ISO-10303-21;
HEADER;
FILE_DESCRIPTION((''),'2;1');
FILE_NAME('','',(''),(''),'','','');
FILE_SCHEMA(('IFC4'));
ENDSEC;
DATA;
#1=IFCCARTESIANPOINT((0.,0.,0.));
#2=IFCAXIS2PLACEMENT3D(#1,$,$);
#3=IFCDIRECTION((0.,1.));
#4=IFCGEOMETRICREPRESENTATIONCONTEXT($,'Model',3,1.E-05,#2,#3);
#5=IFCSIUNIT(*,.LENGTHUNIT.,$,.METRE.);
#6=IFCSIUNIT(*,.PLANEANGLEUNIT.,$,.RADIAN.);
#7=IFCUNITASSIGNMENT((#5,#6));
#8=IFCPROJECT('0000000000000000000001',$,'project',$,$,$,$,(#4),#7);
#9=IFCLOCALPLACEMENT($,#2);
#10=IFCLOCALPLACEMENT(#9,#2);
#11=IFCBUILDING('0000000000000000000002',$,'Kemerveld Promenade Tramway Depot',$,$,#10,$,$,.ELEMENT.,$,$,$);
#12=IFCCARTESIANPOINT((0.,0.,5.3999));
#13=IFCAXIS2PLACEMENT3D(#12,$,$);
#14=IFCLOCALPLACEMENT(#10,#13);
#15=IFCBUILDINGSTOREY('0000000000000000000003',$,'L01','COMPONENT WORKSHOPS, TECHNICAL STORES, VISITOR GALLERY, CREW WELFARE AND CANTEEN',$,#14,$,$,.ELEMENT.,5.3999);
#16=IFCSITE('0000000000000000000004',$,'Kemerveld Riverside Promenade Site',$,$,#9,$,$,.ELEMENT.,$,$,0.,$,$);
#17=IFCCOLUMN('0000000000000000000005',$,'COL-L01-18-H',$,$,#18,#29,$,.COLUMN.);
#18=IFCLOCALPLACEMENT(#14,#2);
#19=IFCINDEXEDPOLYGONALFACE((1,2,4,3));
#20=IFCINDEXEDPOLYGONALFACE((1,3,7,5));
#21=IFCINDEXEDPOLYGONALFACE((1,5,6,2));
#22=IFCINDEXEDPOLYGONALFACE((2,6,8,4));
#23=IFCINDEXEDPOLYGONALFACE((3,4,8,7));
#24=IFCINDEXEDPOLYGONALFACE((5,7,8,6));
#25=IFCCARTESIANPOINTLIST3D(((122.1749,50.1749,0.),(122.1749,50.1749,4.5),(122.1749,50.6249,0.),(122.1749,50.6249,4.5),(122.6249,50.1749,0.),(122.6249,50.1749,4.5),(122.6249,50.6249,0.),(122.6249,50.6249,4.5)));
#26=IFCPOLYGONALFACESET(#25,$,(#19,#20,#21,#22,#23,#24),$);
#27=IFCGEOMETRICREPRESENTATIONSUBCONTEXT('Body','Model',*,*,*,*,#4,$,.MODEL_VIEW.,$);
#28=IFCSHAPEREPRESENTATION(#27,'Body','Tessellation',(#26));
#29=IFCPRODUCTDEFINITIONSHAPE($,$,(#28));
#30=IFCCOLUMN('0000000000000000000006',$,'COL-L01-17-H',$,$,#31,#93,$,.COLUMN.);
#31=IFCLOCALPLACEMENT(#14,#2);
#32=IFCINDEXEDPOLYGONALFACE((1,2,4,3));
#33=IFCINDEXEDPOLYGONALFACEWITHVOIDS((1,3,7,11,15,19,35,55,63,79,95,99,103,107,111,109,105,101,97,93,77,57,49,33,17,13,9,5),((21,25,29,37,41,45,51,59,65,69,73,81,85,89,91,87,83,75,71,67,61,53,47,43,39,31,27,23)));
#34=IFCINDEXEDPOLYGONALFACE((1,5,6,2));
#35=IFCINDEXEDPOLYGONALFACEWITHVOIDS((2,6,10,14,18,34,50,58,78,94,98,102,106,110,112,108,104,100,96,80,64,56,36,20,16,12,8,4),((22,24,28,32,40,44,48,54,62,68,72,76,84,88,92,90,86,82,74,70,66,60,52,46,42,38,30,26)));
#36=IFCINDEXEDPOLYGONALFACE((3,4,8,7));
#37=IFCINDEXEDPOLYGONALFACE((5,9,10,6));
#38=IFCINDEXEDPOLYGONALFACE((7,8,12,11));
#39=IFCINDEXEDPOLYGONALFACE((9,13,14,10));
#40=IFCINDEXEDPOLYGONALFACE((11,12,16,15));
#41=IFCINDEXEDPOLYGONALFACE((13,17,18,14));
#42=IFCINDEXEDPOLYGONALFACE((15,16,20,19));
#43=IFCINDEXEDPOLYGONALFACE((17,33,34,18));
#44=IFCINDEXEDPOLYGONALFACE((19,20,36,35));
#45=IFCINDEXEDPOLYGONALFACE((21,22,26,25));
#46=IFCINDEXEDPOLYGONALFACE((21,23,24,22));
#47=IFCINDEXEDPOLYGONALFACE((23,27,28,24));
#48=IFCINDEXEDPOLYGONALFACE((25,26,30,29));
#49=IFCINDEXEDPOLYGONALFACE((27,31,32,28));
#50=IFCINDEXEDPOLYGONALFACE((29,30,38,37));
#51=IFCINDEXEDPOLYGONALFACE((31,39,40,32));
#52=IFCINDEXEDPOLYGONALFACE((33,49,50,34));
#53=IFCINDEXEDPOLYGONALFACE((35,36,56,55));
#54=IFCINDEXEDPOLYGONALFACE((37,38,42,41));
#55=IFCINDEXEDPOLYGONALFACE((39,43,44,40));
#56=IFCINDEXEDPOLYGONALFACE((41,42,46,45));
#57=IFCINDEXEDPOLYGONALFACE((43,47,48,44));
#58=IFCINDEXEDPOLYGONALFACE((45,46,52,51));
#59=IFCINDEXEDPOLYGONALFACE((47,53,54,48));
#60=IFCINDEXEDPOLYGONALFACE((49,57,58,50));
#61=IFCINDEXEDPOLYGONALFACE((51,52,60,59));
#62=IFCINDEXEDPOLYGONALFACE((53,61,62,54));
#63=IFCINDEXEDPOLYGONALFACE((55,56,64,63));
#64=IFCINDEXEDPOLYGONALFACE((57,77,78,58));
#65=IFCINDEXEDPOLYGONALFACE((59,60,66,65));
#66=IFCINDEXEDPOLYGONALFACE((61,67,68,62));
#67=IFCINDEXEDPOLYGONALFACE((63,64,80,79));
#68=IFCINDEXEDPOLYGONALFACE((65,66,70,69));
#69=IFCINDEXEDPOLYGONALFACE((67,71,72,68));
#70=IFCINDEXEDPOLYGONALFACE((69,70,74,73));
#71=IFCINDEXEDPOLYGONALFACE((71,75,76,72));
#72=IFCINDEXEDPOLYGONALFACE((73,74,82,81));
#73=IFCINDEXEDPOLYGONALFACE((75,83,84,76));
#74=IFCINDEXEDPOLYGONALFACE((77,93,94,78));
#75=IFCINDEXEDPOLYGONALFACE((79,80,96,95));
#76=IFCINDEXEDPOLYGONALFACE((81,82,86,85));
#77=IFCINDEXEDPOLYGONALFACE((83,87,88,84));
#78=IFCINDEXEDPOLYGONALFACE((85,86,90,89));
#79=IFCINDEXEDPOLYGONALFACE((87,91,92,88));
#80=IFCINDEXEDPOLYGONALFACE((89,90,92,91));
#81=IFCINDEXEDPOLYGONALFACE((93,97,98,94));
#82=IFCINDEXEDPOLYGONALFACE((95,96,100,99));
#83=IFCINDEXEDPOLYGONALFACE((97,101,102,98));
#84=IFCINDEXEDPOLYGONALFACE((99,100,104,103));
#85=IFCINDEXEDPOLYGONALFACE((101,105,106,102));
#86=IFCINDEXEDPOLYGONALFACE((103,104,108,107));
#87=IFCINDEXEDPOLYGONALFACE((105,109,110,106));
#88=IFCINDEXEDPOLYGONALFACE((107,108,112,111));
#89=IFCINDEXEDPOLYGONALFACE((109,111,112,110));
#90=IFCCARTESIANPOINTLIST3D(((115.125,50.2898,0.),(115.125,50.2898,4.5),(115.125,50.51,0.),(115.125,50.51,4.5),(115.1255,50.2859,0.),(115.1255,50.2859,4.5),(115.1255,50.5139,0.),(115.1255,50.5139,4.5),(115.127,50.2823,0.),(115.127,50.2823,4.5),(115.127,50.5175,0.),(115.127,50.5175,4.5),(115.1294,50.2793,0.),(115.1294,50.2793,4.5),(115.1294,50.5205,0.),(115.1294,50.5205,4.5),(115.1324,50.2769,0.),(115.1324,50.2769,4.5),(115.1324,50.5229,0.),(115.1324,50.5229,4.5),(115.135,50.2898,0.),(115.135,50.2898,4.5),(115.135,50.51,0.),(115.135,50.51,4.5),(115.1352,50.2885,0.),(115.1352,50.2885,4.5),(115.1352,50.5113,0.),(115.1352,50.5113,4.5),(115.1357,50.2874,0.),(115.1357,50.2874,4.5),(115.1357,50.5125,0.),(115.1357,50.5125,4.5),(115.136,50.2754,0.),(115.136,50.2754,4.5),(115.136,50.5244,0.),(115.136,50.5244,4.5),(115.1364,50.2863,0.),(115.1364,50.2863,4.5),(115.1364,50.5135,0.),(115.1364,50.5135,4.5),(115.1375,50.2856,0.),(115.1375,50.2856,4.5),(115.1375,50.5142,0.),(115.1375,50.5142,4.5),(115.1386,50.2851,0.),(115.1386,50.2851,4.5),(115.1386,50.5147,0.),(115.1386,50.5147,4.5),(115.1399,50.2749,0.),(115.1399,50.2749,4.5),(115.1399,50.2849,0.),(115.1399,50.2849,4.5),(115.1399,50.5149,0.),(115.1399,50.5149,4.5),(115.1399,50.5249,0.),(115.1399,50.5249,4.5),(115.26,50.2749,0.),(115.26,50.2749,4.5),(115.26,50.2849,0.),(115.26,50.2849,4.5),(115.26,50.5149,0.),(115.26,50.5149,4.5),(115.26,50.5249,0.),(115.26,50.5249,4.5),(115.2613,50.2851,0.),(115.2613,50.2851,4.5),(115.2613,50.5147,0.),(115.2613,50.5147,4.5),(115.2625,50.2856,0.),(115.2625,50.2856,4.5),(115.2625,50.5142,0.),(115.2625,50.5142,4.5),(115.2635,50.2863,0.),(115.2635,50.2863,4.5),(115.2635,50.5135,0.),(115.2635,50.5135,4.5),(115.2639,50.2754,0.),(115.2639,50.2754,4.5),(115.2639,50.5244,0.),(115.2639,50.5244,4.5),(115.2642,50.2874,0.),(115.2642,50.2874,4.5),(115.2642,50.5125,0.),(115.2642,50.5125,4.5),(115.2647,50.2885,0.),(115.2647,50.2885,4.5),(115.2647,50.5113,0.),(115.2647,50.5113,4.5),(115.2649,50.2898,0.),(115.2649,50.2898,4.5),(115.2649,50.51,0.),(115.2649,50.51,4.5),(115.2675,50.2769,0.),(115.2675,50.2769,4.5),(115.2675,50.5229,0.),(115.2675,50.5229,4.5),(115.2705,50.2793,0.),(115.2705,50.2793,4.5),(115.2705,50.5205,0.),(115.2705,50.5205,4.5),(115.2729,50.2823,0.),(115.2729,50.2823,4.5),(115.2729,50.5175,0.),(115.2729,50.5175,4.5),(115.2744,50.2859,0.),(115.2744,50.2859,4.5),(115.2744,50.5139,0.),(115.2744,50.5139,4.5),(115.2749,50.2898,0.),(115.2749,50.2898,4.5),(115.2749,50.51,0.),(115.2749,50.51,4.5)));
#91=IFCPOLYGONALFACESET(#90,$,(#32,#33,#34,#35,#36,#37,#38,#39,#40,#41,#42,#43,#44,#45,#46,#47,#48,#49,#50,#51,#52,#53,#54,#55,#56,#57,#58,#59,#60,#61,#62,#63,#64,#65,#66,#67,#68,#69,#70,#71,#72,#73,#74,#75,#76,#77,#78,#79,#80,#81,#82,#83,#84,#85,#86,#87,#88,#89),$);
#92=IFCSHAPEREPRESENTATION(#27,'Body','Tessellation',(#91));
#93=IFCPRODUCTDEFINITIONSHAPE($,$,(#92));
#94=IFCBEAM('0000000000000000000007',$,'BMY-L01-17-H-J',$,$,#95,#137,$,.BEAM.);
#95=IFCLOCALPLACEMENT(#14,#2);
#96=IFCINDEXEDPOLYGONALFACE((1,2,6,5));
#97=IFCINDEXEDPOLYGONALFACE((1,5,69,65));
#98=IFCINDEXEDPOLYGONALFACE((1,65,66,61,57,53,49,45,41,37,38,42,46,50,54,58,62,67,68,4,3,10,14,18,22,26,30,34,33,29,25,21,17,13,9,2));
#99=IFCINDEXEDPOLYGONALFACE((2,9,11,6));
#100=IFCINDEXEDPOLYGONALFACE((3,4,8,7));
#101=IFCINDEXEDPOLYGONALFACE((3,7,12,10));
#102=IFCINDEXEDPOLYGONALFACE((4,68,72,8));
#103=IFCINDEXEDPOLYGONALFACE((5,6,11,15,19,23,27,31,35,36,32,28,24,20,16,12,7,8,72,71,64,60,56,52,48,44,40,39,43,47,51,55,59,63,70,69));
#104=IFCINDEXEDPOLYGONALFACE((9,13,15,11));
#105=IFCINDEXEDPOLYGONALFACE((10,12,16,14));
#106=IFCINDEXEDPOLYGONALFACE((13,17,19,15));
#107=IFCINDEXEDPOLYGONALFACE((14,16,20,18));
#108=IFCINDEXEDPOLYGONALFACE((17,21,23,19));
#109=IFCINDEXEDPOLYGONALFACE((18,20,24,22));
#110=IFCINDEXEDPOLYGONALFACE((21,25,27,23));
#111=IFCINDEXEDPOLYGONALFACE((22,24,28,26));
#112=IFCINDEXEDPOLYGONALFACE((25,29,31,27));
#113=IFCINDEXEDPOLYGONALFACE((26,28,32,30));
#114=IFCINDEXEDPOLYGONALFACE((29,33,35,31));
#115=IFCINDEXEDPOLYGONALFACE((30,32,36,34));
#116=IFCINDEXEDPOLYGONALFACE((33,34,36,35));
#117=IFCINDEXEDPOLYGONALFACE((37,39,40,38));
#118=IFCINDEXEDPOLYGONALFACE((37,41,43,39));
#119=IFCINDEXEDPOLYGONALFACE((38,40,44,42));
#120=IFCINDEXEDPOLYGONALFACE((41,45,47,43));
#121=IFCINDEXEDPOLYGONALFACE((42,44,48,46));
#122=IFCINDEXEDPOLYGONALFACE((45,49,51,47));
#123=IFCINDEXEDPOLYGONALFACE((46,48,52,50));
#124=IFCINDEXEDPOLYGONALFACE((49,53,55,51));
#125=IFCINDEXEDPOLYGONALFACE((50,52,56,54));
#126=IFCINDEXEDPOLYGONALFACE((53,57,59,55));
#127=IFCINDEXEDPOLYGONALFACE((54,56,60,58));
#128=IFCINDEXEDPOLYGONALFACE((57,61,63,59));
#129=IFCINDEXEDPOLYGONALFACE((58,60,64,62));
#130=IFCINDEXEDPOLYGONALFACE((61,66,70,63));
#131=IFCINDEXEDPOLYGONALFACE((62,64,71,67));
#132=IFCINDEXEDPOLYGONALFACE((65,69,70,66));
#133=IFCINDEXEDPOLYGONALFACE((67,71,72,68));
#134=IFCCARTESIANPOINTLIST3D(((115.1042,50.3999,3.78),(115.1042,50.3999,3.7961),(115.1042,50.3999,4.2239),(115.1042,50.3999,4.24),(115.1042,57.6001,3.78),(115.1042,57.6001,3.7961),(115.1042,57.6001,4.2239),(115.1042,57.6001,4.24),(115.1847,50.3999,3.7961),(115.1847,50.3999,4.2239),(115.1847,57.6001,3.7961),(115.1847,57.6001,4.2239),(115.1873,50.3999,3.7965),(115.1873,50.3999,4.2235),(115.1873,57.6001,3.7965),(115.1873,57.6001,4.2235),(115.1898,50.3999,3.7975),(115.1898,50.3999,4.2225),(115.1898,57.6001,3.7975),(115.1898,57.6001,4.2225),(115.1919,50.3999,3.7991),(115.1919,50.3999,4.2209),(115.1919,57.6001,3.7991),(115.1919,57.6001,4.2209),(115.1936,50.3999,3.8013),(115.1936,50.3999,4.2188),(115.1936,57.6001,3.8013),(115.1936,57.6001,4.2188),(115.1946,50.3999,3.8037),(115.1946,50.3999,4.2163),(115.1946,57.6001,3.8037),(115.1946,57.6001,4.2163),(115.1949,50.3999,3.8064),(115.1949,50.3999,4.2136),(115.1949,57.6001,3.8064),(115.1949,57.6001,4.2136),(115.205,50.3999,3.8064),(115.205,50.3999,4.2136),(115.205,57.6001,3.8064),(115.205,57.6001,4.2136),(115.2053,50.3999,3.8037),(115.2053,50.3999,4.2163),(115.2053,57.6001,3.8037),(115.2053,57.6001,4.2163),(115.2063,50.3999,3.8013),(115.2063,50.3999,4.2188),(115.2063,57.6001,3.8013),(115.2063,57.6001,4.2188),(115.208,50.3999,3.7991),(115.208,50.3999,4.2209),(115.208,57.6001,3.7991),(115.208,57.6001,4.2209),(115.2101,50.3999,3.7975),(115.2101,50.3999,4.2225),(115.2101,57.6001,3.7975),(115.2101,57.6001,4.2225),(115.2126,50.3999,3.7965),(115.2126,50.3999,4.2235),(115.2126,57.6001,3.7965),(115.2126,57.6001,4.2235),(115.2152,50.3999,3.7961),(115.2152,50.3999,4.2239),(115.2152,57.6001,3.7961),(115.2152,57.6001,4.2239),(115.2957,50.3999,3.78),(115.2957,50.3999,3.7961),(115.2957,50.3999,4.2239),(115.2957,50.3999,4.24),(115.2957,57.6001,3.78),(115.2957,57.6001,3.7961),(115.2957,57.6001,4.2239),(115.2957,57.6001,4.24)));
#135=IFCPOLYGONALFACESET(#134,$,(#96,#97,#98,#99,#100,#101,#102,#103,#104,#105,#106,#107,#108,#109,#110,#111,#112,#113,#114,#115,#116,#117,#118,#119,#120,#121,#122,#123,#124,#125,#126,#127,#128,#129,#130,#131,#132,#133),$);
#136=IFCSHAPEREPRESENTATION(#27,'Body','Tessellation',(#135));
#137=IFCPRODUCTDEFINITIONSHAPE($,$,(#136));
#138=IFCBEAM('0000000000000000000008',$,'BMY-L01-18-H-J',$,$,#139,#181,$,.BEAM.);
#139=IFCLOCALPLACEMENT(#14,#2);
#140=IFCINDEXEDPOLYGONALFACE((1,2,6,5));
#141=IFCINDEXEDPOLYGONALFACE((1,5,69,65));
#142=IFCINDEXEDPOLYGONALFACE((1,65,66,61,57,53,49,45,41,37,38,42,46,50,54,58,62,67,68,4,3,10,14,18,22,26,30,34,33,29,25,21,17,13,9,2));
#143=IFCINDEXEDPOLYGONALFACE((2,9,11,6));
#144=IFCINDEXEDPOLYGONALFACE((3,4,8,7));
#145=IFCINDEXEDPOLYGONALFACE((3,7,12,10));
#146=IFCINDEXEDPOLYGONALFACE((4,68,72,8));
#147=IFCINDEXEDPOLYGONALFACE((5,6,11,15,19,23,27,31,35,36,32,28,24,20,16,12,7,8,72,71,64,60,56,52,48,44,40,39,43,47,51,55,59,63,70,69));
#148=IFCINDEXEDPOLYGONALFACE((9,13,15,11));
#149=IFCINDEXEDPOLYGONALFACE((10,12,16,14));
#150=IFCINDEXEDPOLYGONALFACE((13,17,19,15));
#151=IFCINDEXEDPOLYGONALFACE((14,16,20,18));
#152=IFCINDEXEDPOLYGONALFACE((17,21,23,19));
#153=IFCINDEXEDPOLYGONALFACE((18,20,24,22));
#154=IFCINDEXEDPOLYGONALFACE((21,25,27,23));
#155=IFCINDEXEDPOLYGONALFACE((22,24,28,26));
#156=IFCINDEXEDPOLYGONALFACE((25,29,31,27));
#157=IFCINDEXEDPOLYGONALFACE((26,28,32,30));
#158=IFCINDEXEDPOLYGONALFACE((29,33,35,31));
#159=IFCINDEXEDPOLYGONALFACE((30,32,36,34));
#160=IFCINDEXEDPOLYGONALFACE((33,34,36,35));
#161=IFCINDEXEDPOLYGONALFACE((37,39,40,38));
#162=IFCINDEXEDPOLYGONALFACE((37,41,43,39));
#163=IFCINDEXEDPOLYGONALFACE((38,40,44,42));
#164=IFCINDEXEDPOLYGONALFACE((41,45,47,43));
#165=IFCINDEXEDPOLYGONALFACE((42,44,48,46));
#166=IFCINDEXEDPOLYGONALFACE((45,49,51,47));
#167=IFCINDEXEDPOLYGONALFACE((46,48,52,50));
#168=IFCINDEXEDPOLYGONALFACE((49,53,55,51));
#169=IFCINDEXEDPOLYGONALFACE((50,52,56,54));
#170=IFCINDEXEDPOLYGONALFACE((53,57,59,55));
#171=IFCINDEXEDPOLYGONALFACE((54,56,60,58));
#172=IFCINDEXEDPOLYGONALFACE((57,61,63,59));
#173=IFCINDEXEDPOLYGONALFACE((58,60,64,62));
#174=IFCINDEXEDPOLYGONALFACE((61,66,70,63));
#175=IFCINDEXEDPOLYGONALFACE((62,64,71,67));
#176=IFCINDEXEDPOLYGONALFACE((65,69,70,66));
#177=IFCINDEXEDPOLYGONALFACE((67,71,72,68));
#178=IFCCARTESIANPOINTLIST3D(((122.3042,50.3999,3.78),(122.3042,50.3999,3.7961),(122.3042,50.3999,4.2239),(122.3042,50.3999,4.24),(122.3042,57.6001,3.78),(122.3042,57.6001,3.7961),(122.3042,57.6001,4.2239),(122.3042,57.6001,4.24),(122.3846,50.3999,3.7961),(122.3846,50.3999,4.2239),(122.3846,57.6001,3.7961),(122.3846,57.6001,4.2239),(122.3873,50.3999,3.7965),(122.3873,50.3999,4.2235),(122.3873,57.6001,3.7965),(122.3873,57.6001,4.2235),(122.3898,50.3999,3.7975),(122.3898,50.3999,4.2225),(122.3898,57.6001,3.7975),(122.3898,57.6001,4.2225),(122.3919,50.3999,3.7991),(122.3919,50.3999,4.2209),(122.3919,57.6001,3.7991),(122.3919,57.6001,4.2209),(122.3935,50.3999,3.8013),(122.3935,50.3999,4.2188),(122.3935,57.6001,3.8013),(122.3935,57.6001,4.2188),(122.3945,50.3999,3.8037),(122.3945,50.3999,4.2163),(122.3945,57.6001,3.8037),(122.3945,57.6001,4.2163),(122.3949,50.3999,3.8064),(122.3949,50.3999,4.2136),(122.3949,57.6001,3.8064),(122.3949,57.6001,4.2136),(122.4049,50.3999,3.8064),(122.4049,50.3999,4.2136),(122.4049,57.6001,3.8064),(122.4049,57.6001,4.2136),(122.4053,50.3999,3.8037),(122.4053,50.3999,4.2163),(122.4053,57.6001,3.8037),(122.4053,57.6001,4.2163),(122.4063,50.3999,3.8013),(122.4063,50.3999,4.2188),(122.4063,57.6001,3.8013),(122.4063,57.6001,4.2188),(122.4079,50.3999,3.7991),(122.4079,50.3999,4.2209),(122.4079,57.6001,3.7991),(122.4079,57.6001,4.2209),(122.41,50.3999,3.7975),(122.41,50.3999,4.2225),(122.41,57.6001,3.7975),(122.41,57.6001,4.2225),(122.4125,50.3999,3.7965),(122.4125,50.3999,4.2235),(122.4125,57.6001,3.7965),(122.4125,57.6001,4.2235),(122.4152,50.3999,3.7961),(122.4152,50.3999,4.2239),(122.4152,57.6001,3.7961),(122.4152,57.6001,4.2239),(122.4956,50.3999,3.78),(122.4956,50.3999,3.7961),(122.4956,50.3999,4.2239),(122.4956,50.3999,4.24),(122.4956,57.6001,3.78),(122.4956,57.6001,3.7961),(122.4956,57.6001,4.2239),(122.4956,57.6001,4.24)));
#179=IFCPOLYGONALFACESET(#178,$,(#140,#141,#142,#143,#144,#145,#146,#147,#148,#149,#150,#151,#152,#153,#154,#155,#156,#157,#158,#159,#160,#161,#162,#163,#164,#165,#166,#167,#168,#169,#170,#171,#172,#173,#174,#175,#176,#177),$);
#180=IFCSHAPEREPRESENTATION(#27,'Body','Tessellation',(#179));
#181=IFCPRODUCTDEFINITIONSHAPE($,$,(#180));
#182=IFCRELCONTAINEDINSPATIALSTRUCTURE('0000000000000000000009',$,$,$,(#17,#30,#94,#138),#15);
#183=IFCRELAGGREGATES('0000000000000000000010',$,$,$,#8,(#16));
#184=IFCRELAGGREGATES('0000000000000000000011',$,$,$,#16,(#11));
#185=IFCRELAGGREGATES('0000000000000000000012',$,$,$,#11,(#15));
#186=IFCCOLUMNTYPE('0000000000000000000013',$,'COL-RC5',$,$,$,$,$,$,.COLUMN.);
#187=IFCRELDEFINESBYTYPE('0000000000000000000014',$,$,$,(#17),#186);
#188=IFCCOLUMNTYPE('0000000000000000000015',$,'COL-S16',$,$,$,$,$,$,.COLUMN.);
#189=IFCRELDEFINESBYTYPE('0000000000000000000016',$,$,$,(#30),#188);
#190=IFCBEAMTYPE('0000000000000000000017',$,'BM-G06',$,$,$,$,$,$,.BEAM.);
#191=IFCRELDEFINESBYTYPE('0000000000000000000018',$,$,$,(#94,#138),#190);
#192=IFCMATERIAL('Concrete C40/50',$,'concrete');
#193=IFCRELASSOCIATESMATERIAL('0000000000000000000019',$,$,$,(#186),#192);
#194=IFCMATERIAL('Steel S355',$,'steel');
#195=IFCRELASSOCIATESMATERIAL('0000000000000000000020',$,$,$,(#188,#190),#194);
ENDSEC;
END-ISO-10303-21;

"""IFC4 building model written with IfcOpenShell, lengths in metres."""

from ifc_helpers import new_model, si_unit, direction, frame, origin, origin_2d, place, context, subcontext, project, spatial, rectangle, hollow_rectangle, i_section, extrude, material, material_profile, profile_set, type_object, element, save


model = new_model("IFC4")

# Units and contexts
model_context = context("Model", 3, precision=1e-05, world=origin(), true_north=direction((0.0, 1.0)))
body_context = subcontext(model_context, "Body", "Model", "MODEL_VIEW")
ifc_project = project(units=[si_unit("LENGTHUNIT", "METRE"), si_unit("PLANEANGLEUNIT", "RADIAN")], contexts=[model_context])

# Site, building, storey
site_placement = place(None, origin())
site = spatial("IfcSite", under=ifc_project, at=site_placement, Name="Kemerveld Riverside Promenade Site", CompositionType="ELEMENT", RefElevation=0.0)
building_placement = place(site_placement, origin())
building = spatial("IfcBuilding", under=site, at=building_placement, Name="Kemerveld Promenade Tramway Depot", CompositionType="ELEMENT")
storey_placement = place(building_placement, frame((0.0, 0.0, 5.3999)))
storey = spatial("IfcBuildingStorey", under=building, at=storey_placement, Name="L01", Description="COMPONENT WORKSHOPS, TECHNICAL STORES, VISITOR GALLERY, CREW WELFARE AND CANTEEN", CompositionType="ELEMENT", Elevation=5.3999)

# Columns
ifc_material_1 = material(Name="Concrete C40/50", Category="concrete")
ifc_material_profile_1 = material_profile(ifc_material_1, rectangle(XDim=0.45, YDim=0.45, at=origin_2d()), Name="RC-COL-450x450")
ifc_profile_set_1 = profile_set([ifc_material_profile_1], Name="Concrete C40/50")
column_type_1 = type_object("IfcColumnType", Name="COL-RC5", PredefinedType="COLUMN", material=ifc_profile_set_1)
column_1_placement = place(storey_placement, frame((122.3999, 50.3999, 0.0), z_axis=(0.0, 0.0, 1.0), x_axis=(1.0, 0.0, 0.0)))
element("IfcColumn", 1, at=column_1_placement, inside=storey, type_object=column_type_1, Name="COL-L01-18-H", PredefinedType="COLUMN", context=body_context, shape_type="SweptSolid", body=[
    extrude(rectangle(XDim=0.45, YDim=0.45, at=origin_2d()), origin(), (0.0, 0.0, 1.0), 4.5),
])
ifc_material_2 = material(Name="Steel S355", Category="steel")
ifc_material_profile_2 = material_profile(ifc_material_2, hollow_rectangle(XDim=0.1499, YDim=0.25, WallThickness=0.01, InnerFilletRadius=0.0049, OuterFilletRadius=0.0149, at=origin_2d()), Name="250x150x10.0 RHS")
ifc_profile_set_2 = profile_set([ifc_material_profile_2], Name="Steel S355")
column_type_2 = type_object("IfcColumnType", Name="COL-S16", PredefinedType="COLUMN", material=ifc_profile_set_2)
column_2_placement = place(storey_placement, frame((115.2, 50.3999, 0.0), z_axis=(0.0, 0.0, 1.0), x_axis=(1.0, 0.0, 0.0)))
element("IfcColumn", 2, at=column_2_placement, inside=storey, type_object=column_type_2, Name="COL-L01-17-H", PredefinedType="COLUMN", context=body_context, shape_type="SweptSolid", body=[
    extrude(hollow_rectangle(XDim=0.1499, YDim=0.25, WallThickness=0.01, InnerFilletRadius=0.0049, OuterFilletRadius=0.0149, at=origin_2d()), origin(), (0.0, 0.0, 1.0), 4.5),
])

# Beams
ifc_material_profile_3 = material_profile(ifc_material_2, i_section(OverallWidth=0.1914, OverallDepth=0.46, WebThickness=0.01, FlangeThickness=0.0161, FilletRadius=0.0103, at=origin_2d()), Name="457x191x82 UB")
ifc_profile_set_3 = profile_set([ifc_material_profile_3], Name="Steel S355")
beam_type_1 = type_object("IfcBeamType", Name="BM-G06", PredefinedType="BEAM", material=ifc_profile_set_3)
for number, where, z_axis, x_axis, name in (
    (3, (115.2, 50.3999, 4.01), (0.0, 1.0, 0.0), (-1.0, 0.0, 0.0), "BMY-L01-17-H-J"),
    (4, (122.3999, 50.3999, 4.01), (0.0, 1.0, 0.0), (-1.0, 0.0, 0.0), "BMY-L01-18-H-J"),
):
    element("IfcBeam", number, at=place(storey_placement, frame(where, z_axis=z_axis, x_axis=x_axis)), inside=storey, type_object=beam_type_1, Name=name, PredefinedType="BEAM", context=body_context, shape_type="SweptSolid", body=[
        extrude(i_section(OverallWidth=0.1914, OverallDepth=0.46, WebThickness=0.01, FlangeThickness=0.0161, FilletRadius=0.0103, at=origin_2d()), origin(), (0.0, 0.0, 1.0), 7.2002),
    ])

save(model, "model.ifc")
